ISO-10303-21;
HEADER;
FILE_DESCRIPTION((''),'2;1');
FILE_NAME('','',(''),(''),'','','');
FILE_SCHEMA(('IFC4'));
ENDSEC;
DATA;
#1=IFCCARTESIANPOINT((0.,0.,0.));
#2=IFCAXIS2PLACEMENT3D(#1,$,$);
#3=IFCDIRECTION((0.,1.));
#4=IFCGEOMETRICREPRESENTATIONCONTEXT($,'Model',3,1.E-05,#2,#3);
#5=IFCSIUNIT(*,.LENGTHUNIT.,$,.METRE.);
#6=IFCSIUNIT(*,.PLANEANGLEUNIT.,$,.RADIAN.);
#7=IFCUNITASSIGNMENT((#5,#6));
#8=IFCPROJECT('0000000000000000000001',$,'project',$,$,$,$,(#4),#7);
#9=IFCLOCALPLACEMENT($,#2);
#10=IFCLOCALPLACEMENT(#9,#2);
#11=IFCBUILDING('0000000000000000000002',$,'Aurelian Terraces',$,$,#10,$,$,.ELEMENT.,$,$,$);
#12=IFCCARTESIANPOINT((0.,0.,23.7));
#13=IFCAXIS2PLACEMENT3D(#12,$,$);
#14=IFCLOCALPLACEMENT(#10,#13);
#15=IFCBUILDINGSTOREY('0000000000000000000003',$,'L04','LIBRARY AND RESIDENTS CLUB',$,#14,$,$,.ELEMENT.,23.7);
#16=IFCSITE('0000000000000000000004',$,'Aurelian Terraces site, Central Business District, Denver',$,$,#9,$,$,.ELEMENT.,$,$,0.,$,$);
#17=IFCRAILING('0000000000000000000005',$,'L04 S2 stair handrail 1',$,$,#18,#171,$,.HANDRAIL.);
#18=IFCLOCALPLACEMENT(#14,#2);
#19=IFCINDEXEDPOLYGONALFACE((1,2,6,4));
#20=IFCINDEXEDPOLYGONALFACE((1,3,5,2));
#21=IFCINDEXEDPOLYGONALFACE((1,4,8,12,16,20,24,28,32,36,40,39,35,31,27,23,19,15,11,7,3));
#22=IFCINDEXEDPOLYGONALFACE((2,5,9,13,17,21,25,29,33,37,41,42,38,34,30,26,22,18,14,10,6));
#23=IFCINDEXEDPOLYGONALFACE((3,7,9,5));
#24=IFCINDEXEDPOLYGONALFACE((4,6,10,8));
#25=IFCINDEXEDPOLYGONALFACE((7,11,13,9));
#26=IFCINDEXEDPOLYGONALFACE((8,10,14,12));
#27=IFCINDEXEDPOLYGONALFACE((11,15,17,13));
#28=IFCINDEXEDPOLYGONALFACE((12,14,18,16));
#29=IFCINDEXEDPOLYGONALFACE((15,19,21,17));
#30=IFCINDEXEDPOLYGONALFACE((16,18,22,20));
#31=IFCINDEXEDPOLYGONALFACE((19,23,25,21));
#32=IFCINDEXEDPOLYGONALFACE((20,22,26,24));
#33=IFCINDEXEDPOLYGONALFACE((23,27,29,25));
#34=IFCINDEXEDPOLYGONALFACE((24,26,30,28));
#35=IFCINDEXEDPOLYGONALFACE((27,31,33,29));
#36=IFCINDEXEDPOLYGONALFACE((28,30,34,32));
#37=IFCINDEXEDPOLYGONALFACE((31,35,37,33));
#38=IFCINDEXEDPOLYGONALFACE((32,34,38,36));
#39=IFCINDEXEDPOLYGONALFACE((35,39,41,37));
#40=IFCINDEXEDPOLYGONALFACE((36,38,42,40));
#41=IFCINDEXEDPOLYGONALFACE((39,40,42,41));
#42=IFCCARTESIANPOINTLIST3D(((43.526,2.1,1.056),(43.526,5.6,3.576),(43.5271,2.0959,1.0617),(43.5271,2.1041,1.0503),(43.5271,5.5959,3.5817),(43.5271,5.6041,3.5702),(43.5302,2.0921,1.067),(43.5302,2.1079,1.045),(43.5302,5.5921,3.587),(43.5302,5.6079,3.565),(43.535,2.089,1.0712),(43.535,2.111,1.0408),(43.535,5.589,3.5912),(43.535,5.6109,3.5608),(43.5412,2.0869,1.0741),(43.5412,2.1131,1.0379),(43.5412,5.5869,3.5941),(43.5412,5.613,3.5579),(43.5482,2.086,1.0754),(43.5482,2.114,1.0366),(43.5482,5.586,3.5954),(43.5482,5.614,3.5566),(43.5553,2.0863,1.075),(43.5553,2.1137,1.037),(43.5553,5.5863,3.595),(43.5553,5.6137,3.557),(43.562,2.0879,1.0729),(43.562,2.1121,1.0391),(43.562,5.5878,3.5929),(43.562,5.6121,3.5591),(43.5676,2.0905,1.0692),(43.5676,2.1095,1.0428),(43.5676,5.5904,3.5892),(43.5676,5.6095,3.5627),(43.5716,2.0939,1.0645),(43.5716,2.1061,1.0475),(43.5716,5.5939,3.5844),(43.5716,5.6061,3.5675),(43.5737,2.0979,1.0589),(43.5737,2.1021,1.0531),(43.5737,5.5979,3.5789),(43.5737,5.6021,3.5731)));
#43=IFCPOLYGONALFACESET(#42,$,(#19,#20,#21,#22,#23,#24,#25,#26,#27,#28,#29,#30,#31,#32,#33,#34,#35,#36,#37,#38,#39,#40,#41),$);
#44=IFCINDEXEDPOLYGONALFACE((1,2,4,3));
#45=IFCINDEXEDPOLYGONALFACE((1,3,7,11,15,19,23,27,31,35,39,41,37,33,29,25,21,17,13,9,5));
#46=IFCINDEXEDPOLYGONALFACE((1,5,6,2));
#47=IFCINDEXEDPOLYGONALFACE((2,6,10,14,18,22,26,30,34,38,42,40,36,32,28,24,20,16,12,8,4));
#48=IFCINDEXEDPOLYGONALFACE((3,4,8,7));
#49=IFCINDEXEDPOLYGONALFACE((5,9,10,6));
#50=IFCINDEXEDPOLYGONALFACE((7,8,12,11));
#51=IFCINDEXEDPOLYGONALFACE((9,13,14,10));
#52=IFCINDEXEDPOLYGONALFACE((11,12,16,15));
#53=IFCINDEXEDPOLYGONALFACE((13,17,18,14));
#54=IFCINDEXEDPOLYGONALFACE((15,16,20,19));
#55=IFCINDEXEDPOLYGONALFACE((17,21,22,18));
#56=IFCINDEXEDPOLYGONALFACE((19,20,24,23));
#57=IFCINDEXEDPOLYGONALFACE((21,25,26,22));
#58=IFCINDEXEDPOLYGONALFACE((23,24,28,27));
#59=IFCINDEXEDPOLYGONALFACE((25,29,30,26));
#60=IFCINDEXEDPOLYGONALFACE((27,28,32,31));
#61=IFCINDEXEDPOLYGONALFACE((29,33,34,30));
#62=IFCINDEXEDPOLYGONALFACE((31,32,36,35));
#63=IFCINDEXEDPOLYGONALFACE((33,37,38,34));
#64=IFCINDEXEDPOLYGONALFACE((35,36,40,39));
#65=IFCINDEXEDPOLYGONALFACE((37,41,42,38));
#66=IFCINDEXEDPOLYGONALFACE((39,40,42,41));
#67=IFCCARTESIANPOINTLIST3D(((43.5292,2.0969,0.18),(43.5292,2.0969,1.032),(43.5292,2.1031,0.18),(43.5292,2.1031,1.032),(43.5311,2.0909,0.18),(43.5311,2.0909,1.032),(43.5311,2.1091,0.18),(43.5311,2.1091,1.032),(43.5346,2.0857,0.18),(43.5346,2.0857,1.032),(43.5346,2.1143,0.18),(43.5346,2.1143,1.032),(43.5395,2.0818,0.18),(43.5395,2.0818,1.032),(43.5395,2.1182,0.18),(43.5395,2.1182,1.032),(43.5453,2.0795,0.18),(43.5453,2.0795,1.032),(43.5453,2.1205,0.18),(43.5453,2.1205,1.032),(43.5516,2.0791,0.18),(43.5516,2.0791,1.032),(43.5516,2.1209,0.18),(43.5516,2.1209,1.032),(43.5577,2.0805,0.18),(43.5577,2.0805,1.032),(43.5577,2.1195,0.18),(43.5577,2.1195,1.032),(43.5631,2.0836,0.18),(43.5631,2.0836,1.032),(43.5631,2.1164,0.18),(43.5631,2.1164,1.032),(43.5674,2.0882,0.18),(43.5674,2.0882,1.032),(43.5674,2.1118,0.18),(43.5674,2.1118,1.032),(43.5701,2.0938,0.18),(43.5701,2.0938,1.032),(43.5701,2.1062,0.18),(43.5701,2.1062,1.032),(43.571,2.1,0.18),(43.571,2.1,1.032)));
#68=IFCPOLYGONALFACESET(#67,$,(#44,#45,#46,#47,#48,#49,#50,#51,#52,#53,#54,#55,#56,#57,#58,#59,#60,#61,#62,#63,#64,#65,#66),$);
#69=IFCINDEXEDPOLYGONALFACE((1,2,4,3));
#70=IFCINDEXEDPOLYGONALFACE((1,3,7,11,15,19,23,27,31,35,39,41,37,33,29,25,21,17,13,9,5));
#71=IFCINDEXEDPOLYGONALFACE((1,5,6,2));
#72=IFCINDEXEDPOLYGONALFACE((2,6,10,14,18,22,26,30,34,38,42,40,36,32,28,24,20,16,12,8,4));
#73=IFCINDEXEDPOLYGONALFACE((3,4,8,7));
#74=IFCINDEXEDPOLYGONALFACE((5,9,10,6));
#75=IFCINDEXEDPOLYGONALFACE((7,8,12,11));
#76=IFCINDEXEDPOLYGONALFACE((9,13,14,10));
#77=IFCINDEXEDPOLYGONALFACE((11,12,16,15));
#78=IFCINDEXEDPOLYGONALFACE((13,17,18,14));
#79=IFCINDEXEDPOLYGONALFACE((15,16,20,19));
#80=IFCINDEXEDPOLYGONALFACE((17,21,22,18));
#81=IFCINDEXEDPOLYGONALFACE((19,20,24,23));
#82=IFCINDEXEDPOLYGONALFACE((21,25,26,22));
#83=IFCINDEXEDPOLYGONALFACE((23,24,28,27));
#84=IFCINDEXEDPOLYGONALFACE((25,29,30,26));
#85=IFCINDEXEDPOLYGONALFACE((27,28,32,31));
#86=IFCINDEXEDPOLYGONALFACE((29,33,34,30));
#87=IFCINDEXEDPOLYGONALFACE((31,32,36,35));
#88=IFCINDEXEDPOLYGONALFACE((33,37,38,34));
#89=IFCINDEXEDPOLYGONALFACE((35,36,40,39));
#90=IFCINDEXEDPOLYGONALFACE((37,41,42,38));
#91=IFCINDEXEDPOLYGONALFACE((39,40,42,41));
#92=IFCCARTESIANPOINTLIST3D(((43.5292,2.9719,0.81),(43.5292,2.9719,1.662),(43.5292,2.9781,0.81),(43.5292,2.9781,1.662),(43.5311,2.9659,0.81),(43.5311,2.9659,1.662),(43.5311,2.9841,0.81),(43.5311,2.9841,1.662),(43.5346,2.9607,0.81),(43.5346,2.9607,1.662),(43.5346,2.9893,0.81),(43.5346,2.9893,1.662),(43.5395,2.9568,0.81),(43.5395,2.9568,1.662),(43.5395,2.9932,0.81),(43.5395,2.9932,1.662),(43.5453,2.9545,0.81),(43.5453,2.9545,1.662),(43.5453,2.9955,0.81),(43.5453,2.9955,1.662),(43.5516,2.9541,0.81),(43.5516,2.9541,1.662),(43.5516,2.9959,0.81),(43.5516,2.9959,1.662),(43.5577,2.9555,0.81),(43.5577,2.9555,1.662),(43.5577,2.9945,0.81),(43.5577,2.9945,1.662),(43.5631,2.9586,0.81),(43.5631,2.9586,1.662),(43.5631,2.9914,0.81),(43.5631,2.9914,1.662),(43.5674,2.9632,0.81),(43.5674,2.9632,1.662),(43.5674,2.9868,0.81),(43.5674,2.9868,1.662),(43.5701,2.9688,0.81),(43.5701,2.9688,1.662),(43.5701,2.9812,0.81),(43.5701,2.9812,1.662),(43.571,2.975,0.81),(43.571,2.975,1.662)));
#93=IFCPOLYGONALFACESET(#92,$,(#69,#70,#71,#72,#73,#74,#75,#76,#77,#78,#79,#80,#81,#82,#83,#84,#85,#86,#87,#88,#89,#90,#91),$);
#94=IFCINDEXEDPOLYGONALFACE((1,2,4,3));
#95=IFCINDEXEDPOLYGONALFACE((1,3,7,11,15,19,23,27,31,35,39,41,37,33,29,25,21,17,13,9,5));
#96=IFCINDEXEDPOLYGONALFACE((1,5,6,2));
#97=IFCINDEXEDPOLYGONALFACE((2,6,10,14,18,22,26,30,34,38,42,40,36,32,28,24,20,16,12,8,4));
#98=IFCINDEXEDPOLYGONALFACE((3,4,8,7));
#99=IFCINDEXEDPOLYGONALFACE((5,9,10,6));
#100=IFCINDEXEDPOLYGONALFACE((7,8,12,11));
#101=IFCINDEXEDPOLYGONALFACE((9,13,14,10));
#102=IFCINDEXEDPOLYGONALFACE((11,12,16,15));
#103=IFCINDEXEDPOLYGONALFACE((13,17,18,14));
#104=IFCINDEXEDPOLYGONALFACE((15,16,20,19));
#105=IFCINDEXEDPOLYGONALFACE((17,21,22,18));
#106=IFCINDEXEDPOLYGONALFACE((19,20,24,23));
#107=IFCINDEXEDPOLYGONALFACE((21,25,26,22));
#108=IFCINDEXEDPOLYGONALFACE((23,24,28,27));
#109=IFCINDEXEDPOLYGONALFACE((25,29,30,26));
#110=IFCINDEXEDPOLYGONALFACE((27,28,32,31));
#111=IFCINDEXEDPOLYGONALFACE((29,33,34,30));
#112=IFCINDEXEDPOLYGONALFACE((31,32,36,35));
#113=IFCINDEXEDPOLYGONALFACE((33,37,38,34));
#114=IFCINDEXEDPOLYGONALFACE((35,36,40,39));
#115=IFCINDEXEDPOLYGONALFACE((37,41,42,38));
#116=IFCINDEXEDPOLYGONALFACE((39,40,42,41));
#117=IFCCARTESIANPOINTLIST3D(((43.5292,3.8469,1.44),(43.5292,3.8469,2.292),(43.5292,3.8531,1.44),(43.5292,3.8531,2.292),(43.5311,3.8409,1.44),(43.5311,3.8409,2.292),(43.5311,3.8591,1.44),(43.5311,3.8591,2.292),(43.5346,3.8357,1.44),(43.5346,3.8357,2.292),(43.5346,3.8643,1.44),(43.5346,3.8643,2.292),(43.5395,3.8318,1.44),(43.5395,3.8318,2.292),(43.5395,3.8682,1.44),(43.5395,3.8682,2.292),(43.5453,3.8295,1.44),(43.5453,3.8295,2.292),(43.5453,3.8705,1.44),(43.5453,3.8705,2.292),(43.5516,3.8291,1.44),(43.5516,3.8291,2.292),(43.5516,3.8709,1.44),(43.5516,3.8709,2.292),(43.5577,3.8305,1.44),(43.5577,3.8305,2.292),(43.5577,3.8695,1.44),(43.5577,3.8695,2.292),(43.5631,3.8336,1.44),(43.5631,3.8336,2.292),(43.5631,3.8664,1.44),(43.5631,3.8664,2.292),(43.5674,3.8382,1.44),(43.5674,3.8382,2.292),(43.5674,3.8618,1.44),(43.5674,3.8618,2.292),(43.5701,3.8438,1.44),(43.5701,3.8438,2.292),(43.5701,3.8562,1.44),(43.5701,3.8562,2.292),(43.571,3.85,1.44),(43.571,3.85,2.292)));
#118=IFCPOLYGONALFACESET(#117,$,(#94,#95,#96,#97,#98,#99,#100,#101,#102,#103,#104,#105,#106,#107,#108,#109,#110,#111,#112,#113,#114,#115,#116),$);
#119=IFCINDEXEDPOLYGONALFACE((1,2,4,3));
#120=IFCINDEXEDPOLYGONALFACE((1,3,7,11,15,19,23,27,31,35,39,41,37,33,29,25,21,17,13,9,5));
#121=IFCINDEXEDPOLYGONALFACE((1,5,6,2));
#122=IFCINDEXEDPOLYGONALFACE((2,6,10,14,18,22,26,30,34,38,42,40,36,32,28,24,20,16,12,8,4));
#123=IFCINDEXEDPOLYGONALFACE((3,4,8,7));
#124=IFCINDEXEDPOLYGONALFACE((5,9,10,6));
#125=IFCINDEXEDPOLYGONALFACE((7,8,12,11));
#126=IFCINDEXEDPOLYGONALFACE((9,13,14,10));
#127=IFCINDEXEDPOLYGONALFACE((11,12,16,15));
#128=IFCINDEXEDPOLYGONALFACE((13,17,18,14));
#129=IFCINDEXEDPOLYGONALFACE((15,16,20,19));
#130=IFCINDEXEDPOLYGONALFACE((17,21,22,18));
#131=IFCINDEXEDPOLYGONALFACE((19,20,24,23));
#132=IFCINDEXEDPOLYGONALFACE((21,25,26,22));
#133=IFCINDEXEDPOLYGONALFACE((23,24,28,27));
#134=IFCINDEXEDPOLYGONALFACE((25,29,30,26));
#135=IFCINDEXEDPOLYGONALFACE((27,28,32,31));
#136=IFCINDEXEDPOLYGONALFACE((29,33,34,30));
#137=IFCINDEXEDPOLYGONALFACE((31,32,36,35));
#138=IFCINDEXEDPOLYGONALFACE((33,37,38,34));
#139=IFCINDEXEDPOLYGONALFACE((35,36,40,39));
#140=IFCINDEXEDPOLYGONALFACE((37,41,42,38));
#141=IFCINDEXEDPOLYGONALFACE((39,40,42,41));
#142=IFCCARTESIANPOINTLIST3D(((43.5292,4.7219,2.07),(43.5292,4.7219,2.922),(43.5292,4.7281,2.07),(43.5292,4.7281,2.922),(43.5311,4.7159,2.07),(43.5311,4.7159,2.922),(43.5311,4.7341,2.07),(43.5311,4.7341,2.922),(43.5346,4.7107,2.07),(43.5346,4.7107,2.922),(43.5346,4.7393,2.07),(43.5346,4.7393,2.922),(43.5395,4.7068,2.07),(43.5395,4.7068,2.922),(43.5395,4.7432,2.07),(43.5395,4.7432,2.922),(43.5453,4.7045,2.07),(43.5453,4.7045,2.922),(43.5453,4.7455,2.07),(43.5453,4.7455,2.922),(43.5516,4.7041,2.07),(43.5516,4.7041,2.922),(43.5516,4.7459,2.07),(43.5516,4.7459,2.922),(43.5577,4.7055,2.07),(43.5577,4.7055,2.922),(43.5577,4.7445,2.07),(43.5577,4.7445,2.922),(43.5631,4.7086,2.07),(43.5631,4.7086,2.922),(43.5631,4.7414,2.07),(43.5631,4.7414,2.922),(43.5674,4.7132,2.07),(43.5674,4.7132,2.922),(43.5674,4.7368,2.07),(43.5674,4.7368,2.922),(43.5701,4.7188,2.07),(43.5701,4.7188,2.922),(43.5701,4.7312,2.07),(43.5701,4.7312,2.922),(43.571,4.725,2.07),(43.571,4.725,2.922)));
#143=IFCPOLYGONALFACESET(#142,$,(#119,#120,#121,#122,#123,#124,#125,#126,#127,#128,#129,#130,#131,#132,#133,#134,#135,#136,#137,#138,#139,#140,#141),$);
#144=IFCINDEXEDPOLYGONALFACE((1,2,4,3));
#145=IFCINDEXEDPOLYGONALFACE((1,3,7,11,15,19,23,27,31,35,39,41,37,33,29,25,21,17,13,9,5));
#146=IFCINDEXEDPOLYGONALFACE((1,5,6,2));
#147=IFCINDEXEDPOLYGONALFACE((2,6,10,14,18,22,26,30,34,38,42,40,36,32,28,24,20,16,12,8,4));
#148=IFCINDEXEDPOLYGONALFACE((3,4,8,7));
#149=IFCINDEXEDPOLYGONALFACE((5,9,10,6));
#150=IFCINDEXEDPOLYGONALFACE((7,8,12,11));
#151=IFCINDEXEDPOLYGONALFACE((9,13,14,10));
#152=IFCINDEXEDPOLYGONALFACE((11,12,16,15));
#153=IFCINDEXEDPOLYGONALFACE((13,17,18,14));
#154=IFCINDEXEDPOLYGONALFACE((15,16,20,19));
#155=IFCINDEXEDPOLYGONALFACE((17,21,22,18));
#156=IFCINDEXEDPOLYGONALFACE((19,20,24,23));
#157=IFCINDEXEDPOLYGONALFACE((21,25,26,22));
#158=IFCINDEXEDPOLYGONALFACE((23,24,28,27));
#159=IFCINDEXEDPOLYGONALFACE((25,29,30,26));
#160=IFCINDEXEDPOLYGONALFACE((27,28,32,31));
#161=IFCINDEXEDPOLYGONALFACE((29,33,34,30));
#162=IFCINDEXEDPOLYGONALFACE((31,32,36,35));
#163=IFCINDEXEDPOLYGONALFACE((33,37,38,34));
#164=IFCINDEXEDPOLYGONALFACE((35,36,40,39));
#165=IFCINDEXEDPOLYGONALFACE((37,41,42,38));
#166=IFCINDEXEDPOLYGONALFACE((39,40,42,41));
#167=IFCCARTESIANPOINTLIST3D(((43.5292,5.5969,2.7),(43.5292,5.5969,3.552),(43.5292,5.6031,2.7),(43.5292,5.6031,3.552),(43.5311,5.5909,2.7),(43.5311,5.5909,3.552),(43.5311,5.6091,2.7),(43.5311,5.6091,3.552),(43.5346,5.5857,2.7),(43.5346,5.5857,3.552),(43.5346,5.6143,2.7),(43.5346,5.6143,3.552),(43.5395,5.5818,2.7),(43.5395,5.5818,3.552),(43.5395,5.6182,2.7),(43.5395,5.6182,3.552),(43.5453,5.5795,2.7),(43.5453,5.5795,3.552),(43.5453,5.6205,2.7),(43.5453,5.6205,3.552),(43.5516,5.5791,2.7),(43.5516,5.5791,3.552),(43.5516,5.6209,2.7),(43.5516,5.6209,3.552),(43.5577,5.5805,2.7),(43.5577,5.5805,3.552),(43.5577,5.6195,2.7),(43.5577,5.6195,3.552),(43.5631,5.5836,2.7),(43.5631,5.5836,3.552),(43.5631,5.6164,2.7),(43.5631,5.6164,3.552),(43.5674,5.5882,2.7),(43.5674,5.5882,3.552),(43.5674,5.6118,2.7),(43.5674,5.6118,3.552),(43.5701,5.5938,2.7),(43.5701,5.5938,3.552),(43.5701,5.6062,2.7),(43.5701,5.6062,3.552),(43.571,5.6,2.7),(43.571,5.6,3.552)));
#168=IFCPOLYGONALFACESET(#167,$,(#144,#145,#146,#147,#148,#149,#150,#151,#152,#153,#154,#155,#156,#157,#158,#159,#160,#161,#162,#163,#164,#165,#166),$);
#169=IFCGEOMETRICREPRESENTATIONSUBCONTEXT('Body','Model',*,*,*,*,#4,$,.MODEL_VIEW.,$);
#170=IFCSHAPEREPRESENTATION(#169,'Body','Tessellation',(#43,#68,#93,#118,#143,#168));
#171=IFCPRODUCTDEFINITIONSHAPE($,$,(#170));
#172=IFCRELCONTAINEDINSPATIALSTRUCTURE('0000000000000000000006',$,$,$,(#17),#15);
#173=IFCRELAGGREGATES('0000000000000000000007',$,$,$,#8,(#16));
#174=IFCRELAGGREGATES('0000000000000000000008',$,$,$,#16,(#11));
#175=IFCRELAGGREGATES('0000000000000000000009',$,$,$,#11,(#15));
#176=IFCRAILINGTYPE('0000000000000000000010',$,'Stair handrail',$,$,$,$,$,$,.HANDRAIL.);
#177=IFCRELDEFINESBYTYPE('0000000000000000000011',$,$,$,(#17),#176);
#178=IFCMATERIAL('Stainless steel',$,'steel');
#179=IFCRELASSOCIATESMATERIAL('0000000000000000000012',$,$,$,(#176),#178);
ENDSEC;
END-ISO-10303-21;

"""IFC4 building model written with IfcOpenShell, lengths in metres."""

from ifc_helpers import new_model, si_unit, direction, frame, origin, origin_2d, place, context, subcontext, project, spatial, circle, extrude, source, transform, mapped, material, type_object, element, save


model = new_model("IFC4")

# Units and contexts
model_context = context("Model", 3, precision=1e-05, world=origin(), true_north=direction((0.0, 1.0)))
body_context = subcontext(model_context, "Body", "Model", "MODEL_VIEW")
ifc_project = project(units=[si_unit("LENGTHUNIT", "METRE"), si_unit("PLANEANGLEUNIT", "RADIAN")], contexts=[model_context])

# Site, building, storey
site_placement = place(None, origin())
site = spatial("IfcSite", under=ifc_project, at=site_placement, Name="Aurelian Terraces site, Central Business District, Denver", CompositionType="ELEMENT", RefElevation=0.0)
building_placement = place(site_placement, origin())
building = spatial("IfcBuilding", under=site, at=building_placement, Name="Aurelian Terraces", CompositionType="ELEMENT")
storey_placement = place(building_placement, frame((0.0, 0.0, 23.7)))
storey = spatial("IfcBuildingStorey", under=building, at=storey_placement, Name="L04", Description="LIBRARY AND RESIDENTS CLUB", CompositionType="ELEMENT", Elevation=23.7)

# Railing
ifc_material_1 = material(Name="Stainless steel", Category="steel")
railing_type_1 = type_object("IfcRailingType", Name="Stair handrail", PredefinedType="HANDRAIL", material=ifc_material_1)
shared_shape_1 = source(origin(), body_context, "Body", "SweptSolid", [
    extrude(circle(Radius=0.024, at=origin_2d()), frame((0.0, 0.0, 0.876), z_axis=(0.0, 0.811534, 0.584305), x_axis=(-1.0, 0.0, 0.0)), (0.0, 0.0, 1.0), 4.3128),
    extrude(circle(Radius=0.021, at=origin_2d()), origin(), (0.0, 0.0, 1.0), 0.852),
    extrude(circle(Radius=0.021, at=origin_2d()), frame((0.0, 0.875, 0.63)), (0.0, 0.0, 1.0), 0.852),
    extrude(circle(Radius=0.021, at=origin_2d()), frame((0.0, 1.75, 1.26)), (0.0, 0.0, 1.0), 0.852),
    extrude(circle(Radius=0.021, at=origin_2d()), frame((0.0, 2.625, 1.89)), (0.0, 0.0, 1.0), 0.852),
    extrude(circle(Radius=0.021, at=origin_2d()), frame((0.0, 3.5, 2.52)), (0.0, 0.0, 1.0), 0.852),
])
railing_1_placement = place(storey_placement, frame((43.55, 2.1, 0.18)))
element("IfcRailing", 1, at=railing_1_placement, inside=storey, type_object=railing_type_1, Name="L04 S2 stair handrail 1", PredefinedType="HANDRAIL", context=body_context, shape_type="MappedRepresentation", body=[
    mapped(shared_shape_1, transform((0.0, 0.0, 0.0), scale=1.0)),
])

save(model, "model.ifc")
